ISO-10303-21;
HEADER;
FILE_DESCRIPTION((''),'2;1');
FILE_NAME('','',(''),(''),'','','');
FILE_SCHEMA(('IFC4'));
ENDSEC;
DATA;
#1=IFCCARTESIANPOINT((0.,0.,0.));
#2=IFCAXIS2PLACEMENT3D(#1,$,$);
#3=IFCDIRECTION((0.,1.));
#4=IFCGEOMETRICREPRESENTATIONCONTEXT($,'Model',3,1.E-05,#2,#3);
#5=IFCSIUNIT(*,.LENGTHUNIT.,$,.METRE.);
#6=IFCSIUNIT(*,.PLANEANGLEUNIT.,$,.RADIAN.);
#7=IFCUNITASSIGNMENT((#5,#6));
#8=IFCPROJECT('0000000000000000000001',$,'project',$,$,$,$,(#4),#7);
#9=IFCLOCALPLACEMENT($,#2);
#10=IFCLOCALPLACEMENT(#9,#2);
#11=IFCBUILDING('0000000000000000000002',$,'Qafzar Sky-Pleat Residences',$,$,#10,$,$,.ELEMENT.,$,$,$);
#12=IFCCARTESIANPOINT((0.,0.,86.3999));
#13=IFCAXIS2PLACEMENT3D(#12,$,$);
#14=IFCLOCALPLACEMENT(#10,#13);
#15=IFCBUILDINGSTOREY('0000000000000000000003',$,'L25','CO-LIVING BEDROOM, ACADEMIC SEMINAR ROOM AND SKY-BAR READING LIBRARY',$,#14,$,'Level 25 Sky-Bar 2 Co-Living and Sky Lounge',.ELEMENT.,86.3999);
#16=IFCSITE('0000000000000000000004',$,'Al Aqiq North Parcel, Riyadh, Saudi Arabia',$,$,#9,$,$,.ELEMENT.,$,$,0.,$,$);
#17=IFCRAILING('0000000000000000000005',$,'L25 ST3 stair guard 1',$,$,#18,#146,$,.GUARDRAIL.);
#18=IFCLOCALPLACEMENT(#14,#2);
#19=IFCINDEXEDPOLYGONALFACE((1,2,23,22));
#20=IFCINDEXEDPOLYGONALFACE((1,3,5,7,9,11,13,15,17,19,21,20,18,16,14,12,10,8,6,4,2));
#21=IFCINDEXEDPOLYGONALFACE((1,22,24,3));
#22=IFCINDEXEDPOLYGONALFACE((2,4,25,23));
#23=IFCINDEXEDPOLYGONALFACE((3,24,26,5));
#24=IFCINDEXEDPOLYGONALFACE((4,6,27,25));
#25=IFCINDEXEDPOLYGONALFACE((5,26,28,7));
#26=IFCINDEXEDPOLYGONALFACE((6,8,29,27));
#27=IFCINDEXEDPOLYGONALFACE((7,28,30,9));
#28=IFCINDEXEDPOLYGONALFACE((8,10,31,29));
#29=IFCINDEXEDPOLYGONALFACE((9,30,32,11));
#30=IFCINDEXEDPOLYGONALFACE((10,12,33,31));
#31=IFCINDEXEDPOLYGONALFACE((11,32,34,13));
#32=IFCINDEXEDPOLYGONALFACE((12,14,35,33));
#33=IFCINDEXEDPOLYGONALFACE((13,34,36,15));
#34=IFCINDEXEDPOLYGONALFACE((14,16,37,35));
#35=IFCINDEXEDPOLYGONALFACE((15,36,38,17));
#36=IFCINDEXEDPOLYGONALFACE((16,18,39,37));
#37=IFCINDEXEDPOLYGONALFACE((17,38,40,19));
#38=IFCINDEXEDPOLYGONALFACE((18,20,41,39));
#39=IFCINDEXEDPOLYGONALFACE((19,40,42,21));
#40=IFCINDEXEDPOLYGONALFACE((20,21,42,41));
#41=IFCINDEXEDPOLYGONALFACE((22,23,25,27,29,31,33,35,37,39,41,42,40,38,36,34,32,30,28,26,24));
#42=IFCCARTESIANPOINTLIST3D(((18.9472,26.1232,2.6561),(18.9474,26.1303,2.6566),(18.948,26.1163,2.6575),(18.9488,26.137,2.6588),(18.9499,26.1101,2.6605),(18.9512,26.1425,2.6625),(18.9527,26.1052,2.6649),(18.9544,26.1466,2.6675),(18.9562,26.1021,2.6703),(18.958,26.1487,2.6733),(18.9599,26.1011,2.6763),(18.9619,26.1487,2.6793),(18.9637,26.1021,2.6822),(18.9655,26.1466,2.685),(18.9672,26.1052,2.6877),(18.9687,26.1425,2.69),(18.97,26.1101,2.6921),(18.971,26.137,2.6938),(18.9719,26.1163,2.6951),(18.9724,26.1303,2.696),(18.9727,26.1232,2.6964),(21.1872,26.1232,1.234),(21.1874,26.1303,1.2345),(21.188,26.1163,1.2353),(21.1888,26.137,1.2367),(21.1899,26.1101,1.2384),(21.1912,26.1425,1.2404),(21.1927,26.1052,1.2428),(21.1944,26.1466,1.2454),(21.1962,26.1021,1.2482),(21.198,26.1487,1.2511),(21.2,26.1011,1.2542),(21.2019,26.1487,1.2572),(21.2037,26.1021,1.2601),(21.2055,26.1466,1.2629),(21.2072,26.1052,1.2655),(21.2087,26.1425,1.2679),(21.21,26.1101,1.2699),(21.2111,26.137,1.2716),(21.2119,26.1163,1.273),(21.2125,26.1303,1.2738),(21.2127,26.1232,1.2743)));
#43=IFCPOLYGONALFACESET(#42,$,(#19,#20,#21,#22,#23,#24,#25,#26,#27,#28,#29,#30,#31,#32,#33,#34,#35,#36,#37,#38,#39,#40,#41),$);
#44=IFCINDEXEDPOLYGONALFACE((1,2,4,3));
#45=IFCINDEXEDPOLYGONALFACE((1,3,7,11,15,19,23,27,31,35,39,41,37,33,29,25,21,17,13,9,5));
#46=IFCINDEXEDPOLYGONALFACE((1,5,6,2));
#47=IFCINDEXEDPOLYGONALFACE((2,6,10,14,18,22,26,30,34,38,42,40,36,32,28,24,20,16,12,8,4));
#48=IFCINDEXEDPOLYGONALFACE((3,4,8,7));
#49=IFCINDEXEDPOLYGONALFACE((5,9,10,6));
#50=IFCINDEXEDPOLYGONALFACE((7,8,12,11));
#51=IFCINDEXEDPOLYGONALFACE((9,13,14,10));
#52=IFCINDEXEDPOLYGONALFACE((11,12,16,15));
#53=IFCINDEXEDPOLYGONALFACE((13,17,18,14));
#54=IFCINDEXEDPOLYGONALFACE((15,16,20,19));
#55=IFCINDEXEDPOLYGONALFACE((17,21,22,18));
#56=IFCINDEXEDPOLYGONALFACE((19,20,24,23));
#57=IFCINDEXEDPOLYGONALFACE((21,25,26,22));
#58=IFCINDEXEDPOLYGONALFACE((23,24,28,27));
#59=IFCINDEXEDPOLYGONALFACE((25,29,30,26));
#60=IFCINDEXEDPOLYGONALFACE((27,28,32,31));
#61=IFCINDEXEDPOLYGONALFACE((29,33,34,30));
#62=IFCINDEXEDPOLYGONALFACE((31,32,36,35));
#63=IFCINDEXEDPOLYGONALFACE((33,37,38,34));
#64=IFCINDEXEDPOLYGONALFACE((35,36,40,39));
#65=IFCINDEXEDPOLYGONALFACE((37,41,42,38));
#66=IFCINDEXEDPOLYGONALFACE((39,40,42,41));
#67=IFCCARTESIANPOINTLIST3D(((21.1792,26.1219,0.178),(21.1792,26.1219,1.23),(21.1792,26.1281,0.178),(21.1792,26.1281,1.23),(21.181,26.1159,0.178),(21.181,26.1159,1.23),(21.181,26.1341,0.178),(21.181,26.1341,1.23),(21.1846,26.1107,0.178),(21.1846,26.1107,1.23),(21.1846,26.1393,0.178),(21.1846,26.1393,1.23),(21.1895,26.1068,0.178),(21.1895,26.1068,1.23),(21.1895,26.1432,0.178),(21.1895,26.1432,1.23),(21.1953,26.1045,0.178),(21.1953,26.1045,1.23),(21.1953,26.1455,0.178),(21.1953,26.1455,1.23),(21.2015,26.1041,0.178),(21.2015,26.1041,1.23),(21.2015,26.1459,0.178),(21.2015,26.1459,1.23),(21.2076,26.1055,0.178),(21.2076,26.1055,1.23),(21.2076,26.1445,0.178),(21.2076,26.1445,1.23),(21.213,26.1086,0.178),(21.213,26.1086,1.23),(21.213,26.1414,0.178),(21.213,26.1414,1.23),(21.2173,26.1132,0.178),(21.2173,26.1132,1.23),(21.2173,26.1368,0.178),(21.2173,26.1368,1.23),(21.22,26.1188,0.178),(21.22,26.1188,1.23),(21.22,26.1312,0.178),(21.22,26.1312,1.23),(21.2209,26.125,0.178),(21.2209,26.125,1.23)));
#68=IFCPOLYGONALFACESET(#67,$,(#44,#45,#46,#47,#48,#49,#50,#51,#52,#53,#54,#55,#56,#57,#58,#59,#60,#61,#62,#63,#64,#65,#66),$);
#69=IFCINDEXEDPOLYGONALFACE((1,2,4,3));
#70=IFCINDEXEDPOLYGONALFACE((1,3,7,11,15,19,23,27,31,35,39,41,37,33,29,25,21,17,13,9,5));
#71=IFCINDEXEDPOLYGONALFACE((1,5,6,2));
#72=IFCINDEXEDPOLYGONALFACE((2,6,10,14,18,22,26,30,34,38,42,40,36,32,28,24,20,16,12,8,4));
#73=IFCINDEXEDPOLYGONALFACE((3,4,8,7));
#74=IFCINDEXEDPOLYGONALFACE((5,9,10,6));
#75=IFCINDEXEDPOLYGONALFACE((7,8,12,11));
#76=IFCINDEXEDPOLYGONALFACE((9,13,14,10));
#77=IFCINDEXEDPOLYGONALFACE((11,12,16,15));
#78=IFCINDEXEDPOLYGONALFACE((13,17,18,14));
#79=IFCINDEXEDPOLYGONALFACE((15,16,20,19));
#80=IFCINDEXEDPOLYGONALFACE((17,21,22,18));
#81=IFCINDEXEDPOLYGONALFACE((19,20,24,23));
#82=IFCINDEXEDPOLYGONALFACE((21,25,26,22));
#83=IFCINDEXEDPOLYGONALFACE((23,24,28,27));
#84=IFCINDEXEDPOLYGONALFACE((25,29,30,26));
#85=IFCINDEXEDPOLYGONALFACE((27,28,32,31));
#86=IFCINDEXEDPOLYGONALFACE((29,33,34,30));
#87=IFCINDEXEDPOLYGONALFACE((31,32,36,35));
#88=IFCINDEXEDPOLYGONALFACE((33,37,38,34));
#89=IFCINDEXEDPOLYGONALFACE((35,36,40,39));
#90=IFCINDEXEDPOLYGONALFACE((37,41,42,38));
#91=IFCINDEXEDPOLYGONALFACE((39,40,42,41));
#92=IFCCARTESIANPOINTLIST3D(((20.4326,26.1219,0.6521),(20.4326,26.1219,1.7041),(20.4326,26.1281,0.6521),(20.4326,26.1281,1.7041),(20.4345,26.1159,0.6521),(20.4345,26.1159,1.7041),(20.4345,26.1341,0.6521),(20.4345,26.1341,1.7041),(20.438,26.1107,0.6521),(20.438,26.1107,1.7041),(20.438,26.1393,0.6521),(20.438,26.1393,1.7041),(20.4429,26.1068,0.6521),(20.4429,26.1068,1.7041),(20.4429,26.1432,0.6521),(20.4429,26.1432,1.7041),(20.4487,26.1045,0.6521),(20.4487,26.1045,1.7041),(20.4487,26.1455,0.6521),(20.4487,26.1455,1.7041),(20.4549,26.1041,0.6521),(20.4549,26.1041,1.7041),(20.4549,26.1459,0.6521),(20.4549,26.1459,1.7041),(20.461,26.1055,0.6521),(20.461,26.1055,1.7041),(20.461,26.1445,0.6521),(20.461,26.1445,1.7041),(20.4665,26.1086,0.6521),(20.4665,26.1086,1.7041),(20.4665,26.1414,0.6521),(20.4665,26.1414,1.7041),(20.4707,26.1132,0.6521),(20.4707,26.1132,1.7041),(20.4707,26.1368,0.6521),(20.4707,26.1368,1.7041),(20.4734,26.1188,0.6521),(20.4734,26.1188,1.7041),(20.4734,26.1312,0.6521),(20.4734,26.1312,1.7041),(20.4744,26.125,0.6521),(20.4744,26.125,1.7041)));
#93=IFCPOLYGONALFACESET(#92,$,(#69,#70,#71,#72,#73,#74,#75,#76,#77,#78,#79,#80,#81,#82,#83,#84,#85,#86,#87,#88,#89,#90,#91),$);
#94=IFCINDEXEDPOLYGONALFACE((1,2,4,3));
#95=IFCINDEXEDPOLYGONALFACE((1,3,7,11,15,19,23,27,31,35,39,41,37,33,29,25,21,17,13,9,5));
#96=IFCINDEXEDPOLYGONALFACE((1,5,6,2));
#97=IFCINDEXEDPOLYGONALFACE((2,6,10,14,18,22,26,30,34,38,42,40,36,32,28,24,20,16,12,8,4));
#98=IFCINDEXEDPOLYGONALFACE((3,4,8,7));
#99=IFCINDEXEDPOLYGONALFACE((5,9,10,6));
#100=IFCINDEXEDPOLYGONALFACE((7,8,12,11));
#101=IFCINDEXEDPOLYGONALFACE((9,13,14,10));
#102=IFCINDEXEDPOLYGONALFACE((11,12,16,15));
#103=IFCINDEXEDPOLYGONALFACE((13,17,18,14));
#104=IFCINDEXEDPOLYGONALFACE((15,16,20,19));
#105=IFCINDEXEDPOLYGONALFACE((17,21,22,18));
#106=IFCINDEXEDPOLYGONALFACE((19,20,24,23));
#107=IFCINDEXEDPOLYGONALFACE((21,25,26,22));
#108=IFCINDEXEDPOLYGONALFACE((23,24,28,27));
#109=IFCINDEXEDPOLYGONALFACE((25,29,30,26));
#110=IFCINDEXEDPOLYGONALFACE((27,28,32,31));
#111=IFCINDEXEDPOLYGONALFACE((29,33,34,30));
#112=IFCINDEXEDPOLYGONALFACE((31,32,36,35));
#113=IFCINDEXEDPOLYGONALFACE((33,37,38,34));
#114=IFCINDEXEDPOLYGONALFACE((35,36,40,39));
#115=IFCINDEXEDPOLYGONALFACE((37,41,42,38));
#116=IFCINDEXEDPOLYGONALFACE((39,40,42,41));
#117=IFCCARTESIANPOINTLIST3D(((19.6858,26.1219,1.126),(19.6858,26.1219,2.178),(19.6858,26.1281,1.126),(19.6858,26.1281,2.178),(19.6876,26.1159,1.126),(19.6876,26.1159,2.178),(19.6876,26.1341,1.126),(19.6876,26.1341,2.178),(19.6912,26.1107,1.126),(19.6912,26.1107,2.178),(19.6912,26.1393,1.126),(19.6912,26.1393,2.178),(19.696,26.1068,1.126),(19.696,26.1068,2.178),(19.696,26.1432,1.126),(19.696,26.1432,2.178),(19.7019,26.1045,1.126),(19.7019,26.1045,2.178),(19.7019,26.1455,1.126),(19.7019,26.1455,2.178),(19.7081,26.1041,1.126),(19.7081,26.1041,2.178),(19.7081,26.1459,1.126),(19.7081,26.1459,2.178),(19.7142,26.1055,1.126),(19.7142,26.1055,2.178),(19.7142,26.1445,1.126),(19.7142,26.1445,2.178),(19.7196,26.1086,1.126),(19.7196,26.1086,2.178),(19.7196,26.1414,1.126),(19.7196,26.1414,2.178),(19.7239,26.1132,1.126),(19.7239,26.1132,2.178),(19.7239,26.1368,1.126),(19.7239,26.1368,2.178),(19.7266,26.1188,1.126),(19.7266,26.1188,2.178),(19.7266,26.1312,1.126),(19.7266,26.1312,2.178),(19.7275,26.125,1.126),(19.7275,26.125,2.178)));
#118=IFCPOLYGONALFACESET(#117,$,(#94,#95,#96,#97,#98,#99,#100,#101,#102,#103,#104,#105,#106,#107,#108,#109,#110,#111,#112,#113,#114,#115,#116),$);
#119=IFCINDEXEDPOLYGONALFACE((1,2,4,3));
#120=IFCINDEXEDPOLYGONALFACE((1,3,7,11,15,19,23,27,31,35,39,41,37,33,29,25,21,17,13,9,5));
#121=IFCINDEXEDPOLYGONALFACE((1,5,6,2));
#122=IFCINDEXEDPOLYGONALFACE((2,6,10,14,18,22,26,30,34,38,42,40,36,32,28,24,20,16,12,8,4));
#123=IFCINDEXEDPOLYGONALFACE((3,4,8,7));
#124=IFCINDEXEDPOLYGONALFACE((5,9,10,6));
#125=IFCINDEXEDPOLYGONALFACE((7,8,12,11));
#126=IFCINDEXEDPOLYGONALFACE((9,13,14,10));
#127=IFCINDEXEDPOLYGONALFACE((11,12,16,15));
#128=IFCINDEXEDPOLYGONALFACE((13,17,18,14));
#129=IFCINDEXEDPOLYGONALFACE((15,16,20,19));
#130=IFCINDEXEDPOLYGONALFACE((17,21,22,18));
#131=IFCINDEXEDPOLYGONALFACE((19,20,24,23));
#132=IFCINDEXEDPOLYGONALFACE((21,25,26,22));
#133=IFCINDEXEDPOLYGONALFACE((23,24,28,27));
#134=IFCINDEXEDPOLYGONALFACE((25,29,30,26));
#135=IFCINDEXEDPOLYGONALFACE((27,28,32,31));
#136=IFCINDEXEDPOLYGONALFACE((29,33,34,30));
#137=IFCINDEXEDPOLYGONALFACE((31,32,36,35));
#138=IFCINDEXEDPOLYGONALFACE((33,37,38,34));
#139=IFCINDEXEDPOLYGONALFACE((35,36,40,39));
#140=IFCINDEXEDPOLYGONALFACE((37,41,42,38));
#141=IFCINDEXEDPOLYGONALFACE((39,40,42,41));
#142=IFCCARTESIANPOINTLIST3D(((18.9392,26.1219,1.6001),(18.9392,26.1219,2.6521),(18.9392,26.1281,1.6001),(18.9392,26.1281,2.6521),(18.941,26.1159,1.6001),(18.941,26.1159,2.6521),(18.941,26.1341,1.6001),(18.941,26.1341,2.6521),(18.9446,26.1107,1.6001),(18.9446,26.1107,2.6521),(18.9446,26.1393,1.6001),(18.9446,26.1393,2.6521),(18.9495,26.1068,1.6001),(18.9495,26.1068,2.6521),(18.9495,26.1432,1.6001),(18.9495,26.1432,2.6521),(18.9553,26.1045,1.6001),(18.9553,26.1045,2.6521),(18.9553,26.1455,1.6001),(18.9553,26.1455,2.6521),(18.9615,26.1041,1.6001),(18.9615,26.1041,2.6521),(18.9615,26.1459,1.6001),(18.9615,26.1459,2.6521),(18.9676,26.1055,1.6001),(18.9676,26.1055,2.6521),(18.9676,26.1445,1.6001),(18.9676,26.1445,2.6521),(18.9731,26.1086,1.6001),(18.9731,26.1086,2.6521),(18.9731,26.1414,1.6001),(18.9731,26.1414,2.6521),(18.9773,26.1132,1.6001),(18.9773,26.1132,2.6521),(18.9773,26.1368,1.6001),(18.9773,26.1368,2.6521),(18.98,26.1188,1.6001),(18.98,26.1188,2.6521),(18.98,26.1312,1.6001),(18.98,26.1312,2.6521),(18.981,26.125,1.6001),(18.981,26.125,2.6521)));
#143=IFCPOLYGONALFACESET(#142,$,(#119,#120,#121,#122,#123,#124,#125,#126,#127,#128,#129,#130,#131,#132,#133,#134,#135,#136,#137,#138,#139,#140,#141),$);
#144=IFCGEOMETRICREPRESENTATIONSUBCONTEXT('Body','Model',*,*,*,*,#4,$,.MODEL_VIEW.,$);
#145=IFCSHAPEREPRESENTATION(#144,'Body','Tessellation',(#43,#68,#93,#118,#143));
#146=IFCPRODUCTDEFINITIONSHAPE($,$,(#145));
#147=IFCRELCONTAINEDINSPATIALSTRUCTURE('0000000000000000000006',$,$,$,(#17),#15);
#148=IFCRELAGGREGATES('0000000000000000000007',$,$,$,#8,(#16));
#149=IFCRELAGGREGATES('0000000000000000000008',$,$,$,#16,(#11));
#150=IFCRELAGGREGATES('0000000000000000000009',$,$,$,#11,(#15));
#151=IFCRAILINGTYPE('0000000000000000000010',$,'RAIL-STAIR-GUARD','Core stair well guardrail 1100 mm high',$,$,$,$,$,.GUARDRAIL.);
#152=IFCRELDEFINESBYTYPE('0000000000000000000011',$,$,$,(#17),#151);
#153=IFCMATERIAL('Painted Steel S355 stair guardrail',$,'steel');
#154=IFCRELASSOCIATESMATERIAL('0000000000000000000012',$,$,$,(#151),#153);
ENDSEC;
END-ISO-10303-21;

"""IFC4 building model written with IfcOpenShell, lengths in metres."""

from ifc_helpers import new_model, si_unit, direction, frame, origin, origin_2d, place, context, subcontext, project, spatial, circle, extrude, source, transform, mapped, material, type_object, element, save


model = new_model("IFC4")

# Units and contexts
model_context = context("Model", 3, precision=1e-05, world=origin(), true_north=direction((0.0, 1.0)))
body_context = subcontext(model_context, "Body", "Model", "MODEL_VIEW")
ifc_project = project(units=[si_unit("LENGTHUNIT", "METRE"), si_unit("PLANEANGLEUNIT", "RADIAN")], contexts=[model_context])

# Site, building, storey
site_placement = place(None, origin())
site = spatial("IfcSite", under=ifc_project, at=site_placement, Name="Al Aqiq North Parcel, Riyadh, Saudi Arabia", CompositionType="ELEMENT", RefElevation=0.0)
building_placement = place(site_placement, origin())
building = spatial("IfcBuilding", under=site, at=building_placement, Name="Qafzar Sky-Pleat Residences", CompositionType="ELEMENT")
storey_placement = place(building_placement, frame((0.0, 0.0, 86.3999)))
storey = spatial("IfcBuildingStorey", under=building, at=storey_placement, Name="L25", Description="CO-LIVING BEDROOM, ACADEMIC SEMINAR ROOM AND SKY-BAR READING LIBRARY", LongName="Level 25 Sky-Bar 2 Co-Living and Sky Lounge", CompositionType="ELEMENT", Elevation=86.3999)

# Railing
ifc_material_1 = material(Name="Painted Steel S355 stair guardrail", Category="steel")
railing_type_1 = type_object("IfcRailingType", Name="RAIL-STAIR-GUARD", Description="Core stair well guardrail 1100 mm high", PredefinedType="GUARDRAIL", material=ifc_material_1)
shared_shape_1 = source(origin(), body_context, "Body", "SweptSolid", [
    extrude(circle(Radius=0.0239, at=origin_2d()), frame((0.0, 0.0, 1.0762), z_axis=(-0.844229, 0.0, 0.535982), x_axis=(0.0, -1.0, 0.0)), (0.0, 0.0, 1.0), 2.6533),
    extrude(circle(Radius=0.021, at=origin_2d()), origin(), (0.0, 0.0, 1.0), 1.052),
    extrude(circle(Radius=0.021, at=origin_2d()), frame((-0.7466, 0.0, 0.4741)), (0.0, 0.0, 1.0), 1.052),
    extrude(circle(Radius=0.021, at=origin_2d()), frame((-1.4934, 0.0, 0.948)), (0.0, 0.0, 1.0), 1.052),
    extrude(circle(Radius=0.021, at=origin_2d()), frame((-2.24, 0.0, 1.4221)), (0.0, 0.0, 1.0), 1.052),
])
railing_1_placement = place(storey_placement, frame((21.2, 26.125, 0.178)))
element("IfcRailing", 1, at=railing_1_placement, inside=storey, type_object=railing_type_1, Name="L25 ST3 stair guard 1", PredefinedType="GUARDRAIL", context=body_context, shape_type="MappedRepresentation", body=[
    mapped(shared_shape_1, transform((0.0, 0.0, 0.0), x_axis=(1.0, 0.0, 0.0), y_axis=(0.0, 1.0, 0.0), z_axis=(0.0, 0.0, 1.0), scale=1.0)),
])

save(model, "model.ifc")
